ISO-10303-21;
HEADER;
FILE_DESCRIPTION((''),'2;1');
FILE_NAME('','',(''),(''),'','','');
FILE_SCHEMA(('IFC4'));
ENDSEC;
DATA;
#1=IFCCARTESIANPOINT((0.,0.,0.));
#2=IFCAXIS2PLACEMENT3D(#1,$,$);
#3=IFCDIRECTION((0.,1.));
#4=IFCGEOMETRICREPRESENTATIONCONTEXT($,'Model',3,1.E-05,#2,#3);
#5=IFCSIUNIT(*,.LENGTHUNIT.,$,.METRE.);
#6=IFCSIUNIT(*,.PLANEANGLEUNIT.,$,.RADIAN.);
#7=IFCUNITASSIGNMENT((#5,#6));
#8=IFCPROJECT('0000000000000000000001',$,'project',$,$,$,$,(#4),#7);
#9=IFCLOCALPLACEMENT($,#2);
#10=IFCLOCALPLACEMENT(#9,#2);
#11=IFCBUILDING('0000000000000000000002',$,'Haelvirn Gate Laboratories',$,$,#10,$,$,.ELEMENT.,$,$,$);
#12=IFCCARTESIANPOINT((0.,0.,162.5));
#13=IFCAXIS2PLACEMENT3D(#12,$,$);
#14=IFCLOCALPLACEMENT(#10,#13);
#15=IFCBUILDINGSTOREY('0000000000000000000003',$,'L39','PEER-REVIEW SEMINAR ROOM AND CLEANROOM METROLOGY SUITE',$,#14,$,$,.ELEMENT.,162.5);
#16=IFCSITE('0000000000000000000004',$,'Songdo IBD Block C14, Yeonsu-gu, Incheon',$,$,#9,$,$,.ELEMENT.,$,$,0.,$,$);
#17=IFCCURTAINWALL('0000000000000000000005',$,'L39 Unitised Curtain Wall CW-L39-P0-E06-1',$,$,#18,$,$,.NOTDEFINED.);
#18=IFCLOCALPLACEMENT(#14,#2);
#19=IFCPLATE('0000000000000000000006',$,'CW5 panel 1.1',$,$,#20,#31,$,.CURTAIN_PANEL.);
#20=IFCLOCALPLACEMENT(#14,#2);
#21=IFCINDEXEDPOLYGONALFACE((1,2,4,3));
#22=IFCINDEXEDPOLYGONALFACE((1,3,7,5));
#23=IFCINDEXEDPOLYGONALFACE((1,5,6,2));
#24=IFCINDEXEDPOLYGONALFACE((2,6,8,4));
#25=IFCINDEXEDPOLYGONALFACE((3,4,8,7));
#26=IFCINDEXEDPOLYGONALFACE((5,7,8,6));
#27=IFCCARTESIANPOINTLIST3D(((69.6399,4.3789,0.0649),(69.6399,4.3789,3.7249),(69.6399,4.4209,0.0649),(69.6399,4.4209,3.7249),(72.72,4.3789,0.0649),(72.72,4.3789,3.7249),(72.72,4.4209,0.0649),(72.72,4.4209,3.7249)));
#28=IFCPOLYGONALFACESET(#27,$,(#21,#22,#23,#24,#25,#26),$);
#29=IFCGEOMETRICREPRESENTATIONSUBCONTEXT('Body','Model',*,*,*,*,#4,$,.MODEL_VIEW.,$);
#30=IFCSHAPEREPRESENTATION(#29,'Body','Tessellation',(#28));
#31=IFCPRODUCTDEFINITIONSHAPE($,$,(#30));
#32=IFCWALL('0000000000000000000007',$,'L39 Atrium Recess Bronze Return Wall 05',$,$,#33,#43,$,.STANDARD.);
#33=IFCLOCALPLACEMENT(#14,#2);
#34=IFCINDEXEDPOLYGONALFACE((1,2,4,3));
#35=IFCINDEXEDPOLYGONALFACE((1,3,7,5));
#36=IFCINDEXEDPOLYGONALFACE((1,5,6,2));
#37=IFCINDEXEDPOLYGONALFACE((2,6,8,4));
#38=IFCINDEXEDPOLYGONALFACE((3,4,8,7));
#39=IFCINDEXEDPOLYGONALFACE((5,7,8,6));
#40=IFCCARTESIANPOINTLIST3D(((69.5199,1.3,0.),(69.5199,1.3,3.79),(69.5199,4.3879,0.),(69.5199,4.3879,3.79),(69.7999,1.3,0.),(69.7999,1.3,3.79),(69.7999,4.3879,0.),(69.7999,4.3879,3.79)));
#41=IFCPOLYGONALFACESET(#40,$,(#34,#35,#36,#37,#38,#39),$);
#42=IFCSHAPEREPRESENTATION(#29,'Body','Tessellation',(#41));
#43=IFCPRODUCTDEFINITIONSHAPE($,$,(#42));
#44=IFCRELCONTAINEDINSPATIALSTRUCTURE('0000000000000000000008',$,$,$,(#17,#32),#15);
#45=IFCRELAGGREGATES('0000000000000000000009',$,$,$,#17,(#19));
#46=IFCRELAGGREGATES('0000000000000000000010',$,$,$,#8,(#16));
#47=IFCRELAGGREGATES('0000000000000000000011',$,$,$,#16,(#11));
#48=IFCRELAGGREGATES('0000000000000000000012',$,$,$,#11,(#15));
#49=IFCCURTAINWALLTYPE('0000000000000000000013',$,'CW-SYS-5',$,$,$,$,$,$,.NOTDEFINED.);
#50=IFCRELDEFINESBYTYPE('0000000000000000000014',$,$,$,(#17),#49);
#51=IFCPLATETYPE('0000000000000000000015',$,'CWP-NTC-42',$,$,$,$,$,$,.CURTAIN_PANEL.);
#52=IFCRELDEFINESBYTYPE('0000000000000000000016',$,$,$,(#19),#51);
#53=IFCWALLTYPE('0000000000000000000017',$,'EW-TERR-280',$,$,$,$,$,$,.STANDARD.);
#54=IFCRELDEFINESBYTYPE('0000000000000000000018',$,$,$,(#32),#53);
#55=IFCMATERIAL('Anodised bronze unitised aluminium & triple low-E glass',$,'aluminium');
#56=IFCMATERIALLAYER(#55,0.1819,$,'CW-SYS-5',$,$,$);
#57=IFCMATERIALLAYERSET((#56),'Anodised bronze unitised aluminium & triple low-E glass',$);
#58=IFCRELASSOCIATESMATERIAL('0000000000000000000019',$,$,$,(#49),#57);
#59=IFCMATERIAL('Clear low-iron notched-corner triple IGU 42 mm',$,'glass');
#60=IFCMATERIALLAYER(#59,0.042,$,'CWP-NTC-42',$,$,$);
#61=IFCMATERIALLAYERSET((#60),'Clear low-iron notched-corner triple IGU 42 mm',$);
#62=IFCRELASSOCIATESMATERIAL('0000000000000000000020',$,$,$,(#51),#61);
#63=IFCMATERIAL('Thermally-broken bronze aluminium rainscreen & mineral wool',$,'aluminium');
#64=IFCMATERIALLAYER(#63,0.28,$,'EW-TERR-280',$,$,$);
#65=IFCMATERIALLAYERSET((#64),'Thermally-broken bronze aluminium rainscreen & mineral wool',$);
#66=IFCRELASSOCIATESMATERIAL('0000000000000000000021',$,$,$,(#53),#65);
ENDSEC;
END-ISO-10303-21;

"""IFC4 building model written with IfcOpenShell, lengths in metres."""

from ifc_helpers import new_model, si_unit, direction, frame, frame_2d, origin, origin_2d, place, context, subcontext, project, spatial, rectangle, extrude, source, transform, mapped, material, layer, layer_set, type_object, type_shapes, element, aggregate, save


model = new_model("IFC4")

# Units and contexts
model_context = context("Model", 3, precision=1e-05, world=origin(), true_north=direction((0.0, 1.0)))
body_context = subcontext(model_context, "Body", "Model", "MODEL_VIEW")
ifc_project = project(units=[si_unit("LENGTHUNIT", "METRE"), si_unit("PLANEANGLEUNIT", "RADIAN")], contexts=[model_context])

# Site, building, storey
site_placement = place(None, origin())
site = spatial("IfcSite", under=ifc_project, at=site_placement, Name="Songdo IBD Block C14, Yeonsu-gu, Incheon", CompositionType="ELEMENT", RefElevation=0.0)
building_placement = place(site_placement, origin())
building = spatial("IfcBuilding", under=site, at=building_placement, Name="Haelvirn Gate Laboratories", CompositionType="ELEMENT")
storey_placement = place(building_placement, frame((0.0, 0.0, 162.5)))
storey = spatial("IfcBuildingStorey", under=building, at=storey_placement, Name="L39", Description="PEER-REVIEW SEMINAR ROOM AND CLEANROOM METROLOGY SUITE", CompositionType="ELEMENT", Elevation=162.5)

# Curtain wall
ifc_material_1 = material(Name="Anodised bronze unitised aluminium & triple low-E glass", Category="aluminium")
ifc_layer_1 = layer(ifc_material_1, 0.1819, Name="CW-SYS-5")
ifc_layer_set_1 = layer_set([ifc_layer_1], Name="Anodised bronze unitised aluminium & triple low-E glass")
curtain_wall_type_1 = type_object("IfcCurtainWallType", Name="CW-SYS-5", PredefinedType="NOTDEFINED", material=ifc_layer_set_1)
curtain_wall_1_placement = place(storey_placement, origin())
curtain_wall_1 = element("IfcCurtainWall", 1, at=curtain_wall_1_placement, inside=storey, type_object=curtain_wall_type_1, Name="L39 Unitised Curtain Wall CW-L39-P0-E06-1", PredefinedType="NOTDEFINED")

# Plate
ifc_material_2 = material(Name="Clear low-iron notched-corner triple IGU 42 mm", Category="glass")
ifc_layer_2 = layer(ifc_material_2, 0.042, Name="CWP-NTC-42")
ifc_layer_set_2 = layer_set([ifc_layer_2], Name="Clear low-iron notched-corner triple IGU 42 mm")
plate_type_1 = type_object("IfcPlateType", Name="CWP-NTC-42", PredefinedType="CURTAIN_PANEL", material=ifc_layer_set_2)
shared_shape_1 = source(origin(), body_context, "Body", "SweptSolid", [
    extrude(rectangle(XDim=3.0801, YDim=0.042, at=origin_2d()), origin(), (0.0, 0.0, 1.0), 3.6599),
])
type_shapes(plate_type_1, [shared_shape_1])
plate_1_placement = place(storey_placement, frame((71.1799, 4.3999, 0.0649), z_axis=(0.0, 0.0, 1.0), x_axis=(1.0, 0.0, 0.0)))
plate_1 = element("IfcPlate", 2, at=plate_1_placement, type_object=plate_type_1, Name="CW5 panel 1.1", PredefinedType="CURTAIN_PANEL", context=body_context, shape_type="MappedRepresentation", body=[
    mapped(shared_shape_1, transform((0.0, 0.0, 0.0), scale=1.0)),
])
aggregate(curtain_wall_1, [plate_1])

# Wall
ifc_material_3 = material(Name="Thermally-broken bronze aluminium rainscreen & mineral wool", Category="aluminium")
ifc_layer_3 = layer(ifc_material_3, 0.28, Name="EW-TERR-280")
ifc_layer_set_3 = layer_set([ifc_layer_3], Name="Thermally-broken bronze aluminium rainscreen & mineral wool")
wall_type = type_object("IfcWallType", Name="EW-TERR-280", PredefinedType="STANDARD", material=ifc_layer_set_3)
wall_placement = place(storey_placement, frame((69.6599, 1.3, 0.0), z_axis=(0.0, 0.0, 1.0), x_axis=(0.0, 1.0, 0.0)))
element("IfcWall", 3, at=wall_placement, inside=storey, type_object=wall_type, Name="L39 Atrium Recess Bronze Return Wall 05", PredefinedType="STANDARD", context=body_context, shape_type="SweptSolid", body=[
    extrude(rectangle(XDim=3.0879, YDim=0.28, at=frame_2d((1.5439, 0.0))), origin(), (0.0, 0.0, 1.0), 3.79),
])

save(model, "model.ifc")
